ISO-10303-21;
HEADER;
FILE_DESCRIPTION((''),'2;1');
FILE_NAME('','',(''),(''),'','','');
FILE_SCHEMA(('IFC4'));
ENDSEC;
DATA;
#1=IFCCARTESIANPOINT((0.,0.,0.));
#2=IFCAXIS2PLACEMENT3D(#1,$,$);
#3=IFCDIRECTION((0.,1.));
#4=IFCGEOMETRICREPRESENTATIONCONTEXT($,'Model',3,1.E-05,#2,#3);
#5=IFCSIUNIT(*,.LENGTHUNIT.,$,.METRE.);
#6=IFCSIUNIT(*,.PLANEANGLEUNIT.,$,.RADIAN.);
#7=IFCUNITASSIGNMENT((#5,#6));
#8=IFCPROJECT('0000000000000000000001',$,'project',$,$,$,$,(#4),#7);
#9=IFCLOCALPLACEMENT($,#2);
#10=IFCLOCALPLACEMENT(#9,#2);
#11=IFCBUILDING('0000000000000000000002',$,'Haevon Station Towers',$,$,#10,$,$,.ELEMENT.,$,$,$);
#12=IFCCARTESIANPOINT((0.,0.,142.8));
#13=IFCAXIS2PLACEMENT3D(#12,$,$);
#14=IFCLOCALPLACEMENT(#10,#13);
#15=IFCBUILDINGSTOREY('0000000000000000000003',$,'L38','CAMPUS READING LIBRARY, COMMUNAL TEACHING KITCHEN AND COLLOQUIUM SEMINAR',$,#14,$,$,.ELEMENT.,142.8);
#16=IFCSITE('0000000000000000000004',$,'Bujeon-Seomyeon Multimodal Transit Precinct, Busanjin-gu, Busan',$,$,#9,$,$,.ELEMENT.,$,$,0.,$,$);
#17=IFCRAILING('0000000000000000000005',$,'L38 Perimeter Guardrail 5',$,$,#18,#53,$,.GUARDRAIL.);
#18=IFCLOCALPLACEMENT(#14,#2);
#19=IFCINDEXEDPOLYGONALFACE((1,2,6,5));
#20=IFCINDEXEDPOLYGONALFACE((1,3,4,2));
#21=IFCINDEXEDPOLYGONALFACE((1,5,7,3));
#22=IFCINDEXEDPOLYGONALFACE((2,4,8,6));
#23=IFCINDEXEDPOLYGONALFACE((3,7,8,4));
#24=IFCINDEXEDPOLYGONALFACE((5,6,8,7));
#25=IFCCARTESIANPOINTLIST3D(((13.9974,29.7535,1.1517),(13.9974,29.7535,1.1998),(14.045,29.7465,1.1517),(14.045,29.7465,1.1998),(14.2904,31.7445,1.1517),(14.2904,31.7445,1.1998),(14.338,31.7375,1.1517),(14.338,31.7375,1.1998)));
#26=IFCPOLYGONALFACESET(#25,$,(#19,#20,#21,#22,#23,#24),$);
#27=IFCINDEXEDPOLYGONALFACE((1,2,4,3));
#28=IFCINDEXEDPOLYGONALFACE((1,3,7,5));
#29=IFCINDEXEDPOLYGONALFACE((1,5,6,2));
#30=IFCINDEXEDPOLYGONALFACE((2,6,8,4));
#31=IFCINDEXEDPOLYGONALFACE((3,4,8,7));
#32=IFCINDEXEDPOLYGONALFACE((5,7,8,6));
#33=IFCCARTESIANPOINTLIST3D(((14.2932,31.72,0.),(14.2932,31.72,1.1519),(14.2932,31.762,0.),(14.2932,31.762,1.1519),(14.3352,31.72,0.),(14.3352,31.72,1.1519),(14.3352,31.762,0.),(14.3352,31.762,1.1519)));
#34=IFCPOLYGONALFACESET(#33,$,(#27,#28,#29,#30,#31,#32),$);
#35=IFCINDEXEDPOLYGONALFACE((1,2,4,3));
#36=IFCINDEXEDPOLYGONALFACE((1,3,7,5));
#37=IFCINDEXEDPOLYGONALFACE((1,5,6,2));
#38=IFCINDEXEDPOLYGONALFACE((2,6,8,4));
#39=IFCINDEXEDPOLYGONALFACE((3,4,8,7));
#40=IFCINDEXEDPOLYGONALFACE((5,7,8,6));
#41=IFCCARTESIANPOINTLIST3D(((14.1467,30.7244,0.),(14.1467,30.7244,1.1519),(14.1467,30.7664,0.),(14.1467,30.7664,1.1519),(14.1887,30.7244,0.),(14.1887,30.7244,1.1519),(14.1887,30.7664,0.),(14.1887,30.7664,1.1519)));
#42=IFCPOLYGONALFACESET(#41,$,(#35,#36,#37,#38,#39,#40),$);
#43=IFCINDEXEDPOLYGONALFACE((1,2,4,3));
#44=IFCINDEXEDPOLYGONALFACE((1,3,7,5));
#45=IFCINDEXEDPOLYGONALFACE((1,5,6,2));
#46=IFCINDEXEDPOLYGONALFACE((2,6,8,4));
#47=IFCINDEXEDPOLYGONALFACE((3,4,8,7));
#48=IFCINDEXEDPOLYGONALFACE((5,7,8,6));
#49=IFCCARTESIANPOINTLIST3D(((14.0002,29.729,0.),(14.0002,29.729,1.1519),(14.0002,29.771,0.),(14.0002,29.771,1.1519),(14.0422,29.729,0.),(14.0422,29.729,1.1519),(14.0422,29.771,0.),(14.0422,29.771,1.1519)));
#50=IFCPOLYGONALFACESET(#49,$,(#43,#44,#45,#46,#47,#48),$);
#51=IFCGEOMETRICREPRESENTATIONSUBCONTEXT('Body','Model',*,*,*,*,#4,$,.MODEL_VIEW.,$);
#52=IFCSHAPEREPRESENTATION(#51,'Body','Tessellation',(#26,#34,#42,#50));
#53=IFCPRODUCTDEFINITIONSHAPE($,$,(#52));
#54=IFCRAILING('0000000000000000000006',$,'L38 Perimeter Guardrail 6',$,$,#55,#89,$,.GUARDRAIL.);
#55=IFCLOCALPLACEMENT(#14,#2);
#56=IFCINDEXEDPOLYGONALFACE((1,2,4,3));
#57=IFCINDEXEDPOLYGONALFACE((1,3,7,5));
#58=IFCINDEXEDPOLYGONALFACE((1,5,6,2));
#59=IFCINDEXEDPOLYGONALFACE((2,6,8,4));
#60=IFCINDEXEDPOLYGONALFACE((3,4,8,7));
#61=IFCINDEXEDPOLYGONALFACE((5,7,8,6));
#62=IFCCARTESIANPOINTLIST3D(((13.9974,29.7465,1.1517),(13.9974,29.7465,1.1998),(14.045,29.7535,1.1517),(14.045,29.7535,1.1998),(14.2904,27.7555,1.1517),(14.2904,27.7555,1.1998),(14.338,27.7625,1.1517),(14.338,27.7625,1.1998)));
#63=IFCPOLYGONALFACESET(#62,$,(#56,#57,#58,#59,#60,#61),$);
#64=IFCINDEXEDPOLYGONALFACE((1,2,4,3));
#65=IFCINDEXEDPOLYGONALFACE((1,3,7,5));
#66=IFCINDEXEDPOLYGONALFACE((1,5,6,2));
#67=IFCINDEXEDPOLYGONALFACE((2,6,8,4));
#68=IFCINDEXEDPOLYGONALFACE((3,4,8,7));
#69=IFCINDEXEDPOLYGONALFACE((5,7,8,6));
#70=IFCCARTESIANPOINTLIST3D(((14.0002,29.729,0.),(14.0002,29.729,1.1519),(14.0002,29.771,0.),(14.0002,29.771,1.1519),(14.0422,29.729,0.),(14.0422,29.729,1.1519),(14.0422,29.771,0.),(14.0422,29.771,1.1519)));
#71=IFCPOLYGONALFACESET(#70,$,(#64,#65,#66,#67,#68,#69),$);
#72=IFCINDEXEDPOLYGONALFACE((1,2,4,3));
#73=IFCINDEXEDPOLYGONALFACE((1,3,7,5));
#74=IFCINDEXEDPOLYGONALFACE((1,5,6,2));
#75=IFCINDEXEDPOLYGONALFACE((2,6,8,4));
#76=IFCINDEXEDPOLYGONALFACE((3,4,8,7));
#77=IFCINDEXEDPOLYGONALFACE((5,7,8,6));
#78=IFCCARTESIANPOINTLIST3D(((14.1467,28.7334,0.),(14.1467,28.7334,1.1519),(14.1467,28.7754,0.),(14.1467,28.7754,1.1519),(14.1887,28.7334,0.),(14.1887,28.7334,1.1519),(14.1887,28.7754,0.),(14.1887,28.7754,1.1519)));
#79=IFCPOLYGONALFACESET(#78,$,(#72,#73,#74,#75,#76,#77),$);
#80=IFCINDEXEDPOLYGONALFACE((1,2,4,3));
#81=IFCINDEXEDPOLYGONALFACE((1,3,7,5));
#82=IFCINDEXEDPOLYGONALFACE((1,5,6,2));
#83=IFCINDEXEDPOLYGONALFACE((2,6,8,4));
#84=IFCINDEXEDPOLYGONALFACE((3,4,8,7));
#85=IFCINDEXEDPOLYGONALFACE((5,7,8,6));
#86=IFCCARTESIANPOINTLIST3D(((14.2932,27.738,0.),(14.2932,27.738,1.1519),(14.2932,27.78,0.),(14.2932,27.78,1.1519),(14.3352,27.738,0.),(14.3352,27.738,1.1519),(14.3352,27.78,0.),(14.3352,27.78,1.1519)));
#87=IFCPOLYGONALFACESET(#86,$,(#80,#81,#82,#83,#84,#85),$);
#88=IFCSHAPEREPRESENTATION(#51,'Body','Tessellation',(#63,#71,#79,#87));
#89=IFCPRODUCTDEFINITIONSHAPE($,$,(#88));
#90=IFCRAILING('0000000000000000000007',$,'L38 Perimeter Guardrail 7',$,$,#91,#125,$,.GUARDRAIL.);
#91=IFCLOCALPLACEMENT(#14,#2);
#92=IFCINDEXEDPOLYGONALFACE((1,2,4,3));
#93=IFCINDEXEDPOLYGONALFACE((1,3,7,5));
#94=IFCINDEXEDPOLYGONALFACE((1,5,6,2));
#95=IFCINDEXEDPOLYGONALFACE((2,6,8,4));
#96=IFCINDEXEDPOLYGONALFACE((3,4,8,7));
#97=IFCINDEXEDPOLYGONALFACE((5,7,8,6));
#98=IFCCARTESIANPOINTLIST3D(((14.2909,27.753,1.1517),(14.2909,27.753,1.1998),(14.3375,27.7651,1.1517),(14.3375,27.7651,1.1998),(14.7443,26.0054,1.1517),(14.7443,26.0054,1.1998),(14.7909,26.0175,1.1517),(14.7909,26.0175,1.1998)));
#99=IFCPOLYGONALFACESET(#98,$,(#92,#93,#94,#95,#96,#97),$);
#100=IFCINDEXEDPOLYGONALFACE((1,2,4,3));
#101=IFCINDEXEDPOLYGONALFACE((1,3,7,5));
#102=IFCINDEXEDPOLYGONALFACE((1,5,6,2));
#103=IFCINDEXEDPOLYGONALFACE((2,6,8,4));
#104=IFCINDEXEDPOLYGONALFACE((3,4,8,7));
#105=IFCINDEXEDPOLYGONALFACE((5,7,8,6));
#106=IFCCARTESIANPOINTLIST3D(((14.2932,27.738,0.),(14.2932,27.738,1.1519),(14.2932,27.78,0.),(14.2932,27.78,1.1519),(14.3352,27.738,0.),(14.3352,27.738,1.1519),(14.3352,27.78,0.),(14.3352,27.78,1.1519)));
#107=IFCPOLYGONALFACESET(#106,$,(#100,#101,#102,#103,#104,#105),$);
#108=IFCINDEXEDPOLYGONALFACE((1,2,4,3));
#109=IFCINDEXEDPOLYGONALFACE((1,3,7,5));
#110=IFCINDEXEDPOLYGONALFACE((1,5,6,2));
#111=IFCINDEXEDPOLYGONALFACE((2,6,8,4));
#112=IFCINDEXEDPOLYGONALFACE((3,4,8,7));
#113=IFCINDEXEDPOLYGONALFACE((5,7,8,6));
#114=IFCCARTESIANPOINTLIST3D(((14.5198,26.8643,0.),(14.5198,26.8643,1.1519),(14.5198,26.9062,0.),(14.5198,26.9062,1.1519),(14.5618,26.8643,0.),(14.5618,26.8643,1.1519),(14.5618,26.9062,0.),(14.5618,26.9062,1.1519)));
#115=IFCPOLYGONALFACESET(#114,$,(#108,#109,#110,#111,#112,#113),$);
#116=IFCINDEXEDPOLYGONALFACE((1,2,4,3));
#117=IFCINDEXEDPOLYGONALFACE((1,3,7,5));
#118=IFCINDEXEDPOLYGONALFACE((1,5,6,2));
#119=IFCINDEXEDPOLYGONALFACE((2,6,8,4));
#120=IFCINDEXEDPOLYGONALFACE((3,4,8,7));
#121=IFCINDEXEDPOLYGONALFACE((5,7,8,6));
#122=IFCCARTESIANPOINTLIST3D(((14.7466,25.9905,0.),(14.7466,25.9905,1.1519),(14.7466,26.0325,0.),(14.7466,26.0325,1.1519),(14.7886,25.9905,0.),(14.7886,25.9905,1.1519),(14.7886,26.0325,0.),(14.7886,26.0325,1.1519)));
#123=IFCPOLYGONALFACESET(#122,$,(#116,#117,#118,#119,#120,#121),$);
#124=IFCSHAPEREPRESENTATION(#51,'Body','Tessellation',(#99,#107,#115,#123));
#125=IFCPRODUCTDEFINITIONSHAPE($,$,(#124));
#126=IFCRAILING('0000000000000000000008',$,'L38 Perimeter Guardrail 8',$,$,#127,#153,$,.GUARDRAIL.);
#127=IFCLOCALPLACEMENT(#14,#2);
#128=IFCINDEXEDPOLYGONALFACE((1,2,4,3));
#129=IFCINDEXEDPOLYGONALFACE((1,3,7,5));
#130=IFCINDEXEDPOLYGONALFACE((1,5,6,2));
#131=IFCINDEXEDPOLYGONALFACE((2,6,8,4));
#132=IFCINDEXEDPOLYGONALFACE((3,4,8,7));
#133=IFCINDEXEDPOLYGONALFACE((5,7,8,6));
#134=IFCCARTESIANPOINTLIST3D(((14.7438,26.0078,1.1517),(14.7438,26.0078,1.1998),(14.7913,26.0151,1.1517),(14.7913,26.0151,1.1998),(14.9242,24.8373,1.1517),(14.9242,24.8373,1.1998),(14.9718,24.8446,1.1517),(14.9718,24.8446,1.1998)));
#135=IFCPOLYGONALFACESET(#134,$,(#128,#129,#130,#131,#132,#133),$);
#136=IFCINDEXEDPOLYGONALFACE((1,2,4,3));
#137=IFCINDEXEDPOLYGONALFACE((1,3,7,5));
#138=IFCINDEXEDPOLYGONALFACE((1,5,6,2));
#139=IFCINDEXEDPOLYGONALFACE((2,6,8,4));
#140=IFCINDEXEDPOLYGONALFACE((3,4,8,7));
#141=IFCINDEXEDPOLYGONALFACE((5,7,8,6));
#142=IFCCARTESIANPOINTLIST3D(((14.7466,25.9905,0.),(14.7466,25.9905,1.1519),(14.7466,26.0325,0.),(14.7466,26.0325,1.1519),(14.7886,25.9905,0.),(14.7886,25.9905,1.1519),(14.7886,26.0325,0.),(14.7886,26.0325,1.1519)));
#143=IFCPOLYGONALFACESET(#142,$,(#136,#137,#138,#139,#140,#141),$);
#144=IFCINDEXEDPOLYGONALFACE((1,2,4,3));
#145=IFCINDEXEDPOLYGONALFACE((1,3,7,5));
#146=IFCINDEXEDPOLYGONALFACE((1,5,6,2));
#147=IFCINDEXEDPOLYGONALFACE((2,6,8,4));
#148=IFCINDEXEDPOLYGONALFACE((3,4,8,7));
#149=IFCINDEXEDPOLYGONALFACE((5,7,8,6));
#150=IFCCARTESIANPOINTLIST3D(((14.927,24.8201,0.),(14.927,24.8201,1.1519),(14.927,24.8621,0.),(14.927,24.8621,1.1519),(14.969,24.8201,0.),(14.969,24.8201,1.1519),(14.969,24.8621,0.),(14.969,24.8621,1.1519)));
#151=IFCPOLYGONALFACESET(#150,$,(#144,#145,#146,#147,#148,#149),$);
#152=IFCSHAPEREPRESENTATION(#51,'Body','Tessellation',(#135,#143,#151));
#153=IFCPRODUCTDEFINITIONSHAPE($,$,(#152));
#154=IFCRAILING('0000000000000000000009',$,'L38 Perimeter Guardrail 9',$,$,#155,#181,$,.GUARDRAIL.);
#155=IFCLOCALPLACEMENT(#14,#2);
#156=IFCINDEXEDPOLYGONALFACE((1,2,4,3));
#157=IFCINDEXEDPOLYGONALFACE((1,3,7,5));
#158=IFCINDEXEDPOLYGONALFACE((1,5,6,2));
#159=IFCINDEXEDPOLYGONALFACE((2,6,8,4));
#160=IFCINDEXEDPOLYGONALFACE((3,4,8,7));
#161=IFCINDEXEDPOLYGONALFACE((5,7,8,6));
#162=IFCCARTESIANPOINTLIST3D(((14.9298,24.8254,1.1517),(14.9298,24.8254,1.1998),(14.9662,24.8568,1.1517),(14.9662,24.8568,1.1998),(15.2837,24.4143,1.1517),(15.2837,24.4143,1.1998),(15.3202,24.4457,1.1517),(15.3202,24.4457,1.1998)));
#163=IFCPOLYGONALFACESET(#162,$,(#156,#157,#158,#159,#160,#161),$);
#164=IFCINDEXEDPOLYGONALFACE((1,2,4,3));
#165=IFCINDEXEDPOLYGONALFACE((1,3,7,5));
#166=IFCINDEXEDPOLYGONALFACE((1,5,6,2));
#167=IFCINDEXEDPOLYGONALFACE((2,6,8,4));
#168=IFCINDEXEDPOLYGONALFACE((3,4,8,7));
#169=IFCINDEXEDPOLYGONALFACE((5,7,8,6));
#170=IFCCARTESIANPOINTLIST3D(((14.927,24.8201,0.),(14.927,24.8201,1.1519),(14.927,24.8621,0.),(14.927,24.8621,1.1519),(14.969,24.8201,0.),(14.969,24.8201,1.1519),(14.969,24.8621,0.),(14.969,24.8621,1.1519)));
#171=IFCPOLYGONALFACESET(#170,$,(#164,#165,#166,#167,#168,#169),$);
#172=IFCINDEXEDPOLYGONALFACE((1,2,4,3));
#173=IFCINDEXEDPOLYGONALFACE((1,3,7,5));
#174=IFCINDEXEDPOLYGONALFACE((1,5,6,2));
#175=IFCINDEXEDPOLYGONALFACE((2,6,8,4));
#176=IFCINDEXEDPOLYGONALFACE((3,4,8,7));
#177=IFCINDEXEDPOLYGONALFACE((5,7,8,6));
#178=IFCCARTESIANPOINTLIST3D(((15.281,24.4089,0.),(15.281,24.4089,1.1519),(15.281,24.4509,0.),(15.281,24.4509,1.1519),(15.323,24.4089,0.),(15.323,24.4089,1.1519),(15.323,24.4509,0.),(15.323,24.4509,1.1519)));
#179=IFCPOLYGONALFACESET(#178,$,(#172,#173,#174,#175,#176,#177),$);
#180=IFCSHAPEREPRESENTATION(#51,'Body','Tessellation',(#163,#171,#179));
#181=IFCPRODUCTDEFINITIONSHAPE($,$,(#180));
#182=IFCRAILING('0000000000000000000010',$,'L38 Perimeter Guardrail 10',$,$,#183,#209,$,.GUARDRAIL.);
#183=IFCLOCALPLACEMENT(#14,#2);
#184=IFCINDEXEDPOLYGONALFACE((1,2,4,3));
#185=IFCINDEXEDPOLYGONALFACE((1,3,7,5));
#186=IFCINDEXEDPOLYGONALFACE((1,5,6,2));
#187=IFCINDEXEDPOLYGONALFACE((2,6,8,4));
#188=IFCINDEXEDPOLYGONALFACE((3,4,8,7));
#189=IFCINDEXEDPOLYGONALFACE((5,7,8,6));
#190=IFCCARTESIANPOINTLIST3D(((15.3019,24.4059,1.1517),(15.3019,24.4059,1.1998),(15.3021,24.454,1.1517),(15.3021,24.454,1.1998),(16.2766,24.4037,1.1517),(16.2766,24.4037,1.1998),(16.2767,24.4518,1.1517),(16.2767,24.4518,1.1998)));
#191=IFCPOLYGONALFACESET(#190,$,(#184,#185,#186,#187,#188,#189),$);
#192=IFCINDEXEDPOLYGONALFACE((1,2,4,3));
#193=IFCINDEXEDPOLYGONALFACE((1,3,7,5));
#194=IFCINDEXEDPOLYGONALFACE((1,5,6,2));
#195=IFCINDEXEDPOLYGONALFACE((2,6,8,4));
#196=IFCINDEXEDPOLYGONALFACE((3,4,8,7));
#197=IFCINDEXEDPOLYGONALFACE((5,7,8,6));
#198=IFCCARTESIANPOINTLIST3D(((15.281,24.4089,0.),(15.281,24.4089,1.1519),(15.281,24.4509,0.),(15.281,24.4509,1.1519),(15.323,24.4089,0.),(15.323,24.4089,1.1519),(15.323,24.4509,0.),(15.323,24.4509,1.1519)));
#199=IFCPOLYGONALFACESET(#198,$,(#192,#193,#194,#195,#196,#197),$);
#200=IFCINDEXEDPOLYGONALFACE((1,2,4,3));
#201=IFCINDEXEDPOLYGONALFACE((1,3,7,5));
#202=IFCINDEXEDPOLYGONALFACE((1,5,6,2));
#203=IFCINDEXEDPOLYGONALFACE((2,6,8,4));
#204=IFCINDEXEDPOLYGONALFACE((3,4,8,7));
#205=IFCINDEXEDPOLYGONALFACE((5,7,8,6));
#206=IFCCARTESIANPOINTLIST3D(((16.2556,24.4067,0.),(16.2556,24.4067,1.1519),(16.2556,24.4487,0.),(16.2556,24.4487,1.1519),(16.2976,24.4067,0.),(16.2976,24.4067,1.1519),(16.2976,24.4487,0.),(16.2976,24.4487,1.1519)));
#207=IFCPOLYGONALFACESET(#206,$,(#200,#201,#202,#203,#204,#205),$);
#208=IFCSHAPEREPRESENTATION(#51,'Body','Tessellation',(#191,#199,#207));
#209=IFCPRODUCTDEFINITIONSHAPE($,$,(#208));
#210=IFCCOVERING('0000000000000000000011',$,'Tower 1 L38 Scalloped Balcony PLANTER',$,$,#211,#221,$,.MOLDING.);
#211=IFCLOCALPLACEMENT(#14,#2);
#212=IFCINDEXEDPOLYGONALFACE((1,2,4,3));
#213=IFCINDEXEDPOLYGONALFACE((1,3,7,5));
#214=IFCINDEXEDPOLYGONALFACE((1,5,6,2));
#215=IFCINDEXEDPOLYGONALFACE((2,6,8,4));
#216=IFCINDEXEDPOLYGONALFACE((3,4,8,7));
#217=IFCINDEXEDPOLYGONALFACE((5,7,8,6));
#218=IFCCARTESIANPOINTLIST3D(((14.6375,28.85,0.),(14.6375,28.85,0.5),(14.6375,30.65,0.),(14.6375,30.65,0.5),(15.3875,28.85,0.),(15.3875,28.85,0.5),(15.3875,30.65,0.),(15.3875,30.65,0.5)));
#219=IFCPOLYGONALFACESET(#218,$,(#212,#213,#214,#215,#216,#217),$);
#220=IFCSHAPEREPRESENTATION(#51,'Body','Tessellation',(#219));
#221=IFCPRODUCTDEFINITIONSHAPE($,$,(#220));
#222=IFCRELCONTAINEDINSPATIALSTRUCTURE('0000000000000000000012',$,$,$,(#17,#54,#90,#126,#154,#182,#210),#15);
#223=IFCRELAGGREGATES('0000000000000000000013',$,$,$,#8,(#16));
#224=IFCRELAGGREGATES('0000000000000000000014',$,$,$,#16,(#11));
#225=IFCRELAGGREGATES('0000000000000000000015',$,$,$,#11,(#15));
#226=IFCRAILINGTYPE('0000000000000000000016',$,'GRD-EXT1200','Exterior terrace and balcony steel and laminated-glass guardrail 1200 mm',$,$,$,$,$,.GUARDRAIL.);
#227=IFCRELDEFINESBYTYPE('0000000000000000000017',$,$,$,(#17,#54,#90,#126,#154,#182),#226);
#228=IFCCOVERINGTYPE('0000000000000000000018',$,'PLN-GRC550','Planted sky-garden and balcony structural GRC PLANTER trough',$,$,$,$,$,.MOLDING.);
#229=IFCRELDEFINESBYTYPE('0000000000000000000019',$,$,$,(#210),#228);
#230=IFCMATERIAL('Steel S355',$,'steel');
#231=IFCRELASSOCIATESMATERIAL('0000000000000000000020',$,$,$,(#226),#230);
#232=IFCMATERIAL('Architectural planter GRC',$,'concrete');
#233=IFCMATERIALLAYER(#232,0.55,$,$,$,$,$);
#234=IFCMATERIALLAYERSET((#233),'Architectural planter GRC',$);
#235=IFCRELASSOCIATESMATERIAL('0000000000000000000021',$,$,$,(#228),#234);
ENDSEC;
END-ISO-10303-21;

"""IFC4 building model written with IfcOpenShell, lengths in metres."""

from ifc_helpers import new_model, si_unit, direction, frame, origin, origin_2d, place, context, subcontext, project, spatial, rectangle, extrude, material, layer, layer_set, type_object, element, save


model = new_model("IFC4")

# Units and contexts
model_context = context("Model", 3, precision=1e-05, world=origin(), true_north=direction((0.0, 1.0)))
body_context = subcontext(model_context, "Body", "Model", "MODEL_VIEW")
ifc_project = project(units=[si_unit("LENGTHUNIT", "METRE"), si_unit("PLANEANGLEUNIT", "RADIAN")], contexts=[model_context])

# Site, building, storey
site_placement = place(None, origin())
site = spatial("IfcSite", under=ifc_project, at=site_placement, Name="Bujeon-Seomyeon Multimodal Transit Precinct, Busanjin-gu, Busan", CompositionType="ELEMENT", RefElevation=0.0)
building_placement = place(site_placement, origin())
building = spatial("IfcBuilding", under=site, at=building_placement, Name="Haevon Station Towers", CompositionType="ELEMENT")
storey_placement = place(building_placement, frame((0.0, 0.0, 142.8)))
storey = spatial("IfcBuildingStorey", under=building, at=storey_placement, Name="L38", Description="CAMPUS READING LIBRARY, COMMUNAL TEACHING KITCHEN AND COLLOQUIUM SEMINAR", CompositionType="ELEMENT", Elevation=142.8)

# Shared definitions
ifc_material_1 = material(Name="Steel S355", Category="steel")

# Railings
railing_type = type_object("IfcRailingType", Name="GRD-EXT1200", Description="Exterior terrace and balcony steel and laminated-glass guardrail 1200 mm", PredefinedType="GUARDRAIL", material=ifc_material_1)
railing_1_placement = place(storey_placement, frame((14.3142, 31.741, 0.0)))
element("IfcRailing", 1, at=railing_1_placement, inside=storey, type_object=railing_type, Name="L38 Perimeter Guardrail 5", PredefinedType="GUARDRAIL", context=body_context, shape_type="SweptSolid", body=[
    extrude(rectangle(XDim=0.0481, YDim=0.0481, at=origin_2d()), frame((0.0, 0.0, 1.1758), z_axis=(-0.145581, -0.989346, 0.0), x_axis=(0.989346, -0.145581, 0.0)), (0.0, 0.0, 1.0), 2.0125),
    extrude(rectangle(XDim=0.042, YDim=0.042, at=origin_2d()), origin(), (0.0, 0.0, 1.0), 1.1519),
    extrude(rectangle(XDim=0.042, YDim=0.042, at=origin_2d()), frame((-0.1465, -0.9956, 0.0)), (0.0, 0.0, 1.0), 1.1519),
    extrude(rectangle(XDim=0.042, YDim=0.042, at=origin_2d()), frame((-0.293, -1.991, 0.0)), (0.0, 0.0, 1.0), 1.1519),
])
railing_2_placement = place(storey_placement, frame((14.0212, 29.75, 0.0)))
element("IfcRailing", 2, at=railing_2_placement, inside=storey, type_object=railing_type, Name="L38 Perimeter Guardrail 6", PredefinedType="GUARDRAIL", context=body_context, shape_type="SweptSolid", body=[
    extrude(rectangle(XDim=0.0481, YDim=0.0481, at=origin_2d()), frame((0.0, 0.0, 1.1758), z_axis=(0.145581, -0.989346, 0.0), x_axis=(0.989346, 0.145581, 0.0)), (0.0, 0.0, 1.0), 2.0125),
    extrude(rectangle(XDim=0.042, YDim=0.042, at=origin_2d()), origin(), (0.0, 0.0, 1.0), 1.1519),
    extrude(rectangle(XDim=0.042, YDim=0.042, at=origin_2d()), frame((0.1465, -0.9956, 0.0)), (0.0, 0.0, 1.0), 1.1519),
    extrude(rectangle(XDim=0.042, YDim=0.042, at=origin_2d()), frame((0.293, -1.991, 0.0)), (0.0, 0.0, 1.0), 1.1519),
])
railing_3_placement = place(storey_placement, frame((14.3142, 27.759, 0.0)))
element("IfcRailing", 3, at=railing_3_placement, inside=storey, type_object=railing_type, Name="L38 Perimeter Guardrail 7", PredefinedType="GUARDRAIL", context=body_context, shape_type="SweptSolid", body=[
    extrude(rectangle(XDim=0.0481, YDim=0.0481, at=origin_2d()), frame((0.0, 0.0, 1.1758), z_axis=(0.251117, -0.967957, 0.0), x_axis=(0.967957, 0.251117, 0.0)), (0.0, 0.0, 1.0), 1.8054),
    extrude(rectangle(XDim=0.042, YDim=0.042, at=origin_2d()), origin(), (0.0, 0.0, 1.0), 1.1519),
    extrude(rectangle(XDim=0.042, YDim=0.042, at=origin_2d()), frame((0.2266, -0.8738, 0.0)), (0.0, 0.0, 1.0), 1.1519),
    extrude(rectangle(XDim=0.042, YDim=0.042, at=origin_2d()), frame((0.4534, -1.7476, 0.0)), (0.0, 0.0, 1.0), 1.1519),
])
railing_4_placement = place(storey_placement, frame((14.7676, 26.0115, 0.0)))
element("IfcRailing", 4, at=railing_4_placement, inside=storey, type_object=railing_type, Name="L38 Perimeter Guardrail 8", PredefinedType="GUARDRAIL", context=body_context, shape_type="SweptSolid", body=[
    extrude(rectangle(XDim=0.0481, YDim=0.0481, at=origin_2d()), frame((0.0, 0.0, 1.1758), z_axis=(0.152352, -0.988326, 0.0), x_axis=(0.988326, 0.152352, 0.0)), (0.0, 0.0, 1.0), 1.1843),
    extrude(rectangle(XDim=0.042, YDim=0.042, at=origin_2d()), origin(), (0.0, 0.0, 1.0), 1.1519),
    extrude(rectangle(XDim=0.042, YDim=0.042, at=origin_2d()), frame((0.1804, -1.1704, 0.0)), (0.0, 0.0, 1.0), 1.1519),
])
railing_5_placement = place(storey_placement, frame((14.948, 24.8411, 0.0)))
element("IfcRailing", 5, at=railing_5_placement, inside=storey, type_object=railing_type, Name="L38 Perimeter Guardrail 9", PredefinedType="GUARDRAIL", context=body_context, shape_type="SweptSolid", body=[
    extrude(rectangle(XDim=0.0481, YDim=0.0481, at=origin_2d()), frame((0.0, 0.0, 1.1758), z_axis=(0.652494, -0.757794, 0.0), x_axis=(0.757794, 0.652494, 0.0)), (0.0, 0.0, 1.0), 0.5425),
    extrude(rectangle(XDim=0.042, YDim=0.042, at=origin_2d()), origin(), (0.0, 0.0, 1.0), 1.1519),
    extrude(rectangle(XDim=0.042, YDim=0.042, at=origin_2d()), frame((0.354, -0.4111, 0.0)), (0.0, 0.0, 1.0), 1.1519),
])
railing_6_placement = place(storey_placement, frame((15.302, 24.4299, 0.0)))
element("IfcRailing", 6, at=railing_6_placement, inside=storey, type_object=railing_type, Name="L38 Perimeter Guardrail 10", PredefinedType="GUARDRAIL", context=body_context, shape_type="SweptSolid", body=[
    extrude(rectangle(XDim=0.0481, YDim=0.0481, at=origin_2d()), frame((0.0, 0.0, 1.1758), z_axis=(0.999997, -0.002255, 0.0), x_axis=(0.002255, 0.999997, 0.0)), (0.0, 0.0, 1.0), 0.9746),
    extrude(rectangle(XDim=0.042, YDim=0.042, at=origin_2d()), origin(), (0.0, 0.0, 1.0), 1.1519),
    extrude(rectangle(XDim=0.042, YDim=0.042, at=origin_2d()), frame((0.9746, -0.0022, 0.0)), (0.0, 0.0, 1.0), 1.1519),
])

# Covering
ifc_material_2 = material(Name="Architectural planter GRC", Category="concrete")
ifc_layer = layer(ifc_material_2, 0.55)
ifc_layer_set = layer_set([ifc_layer], Name="Architectural planter GRC")
covering_type = type_object("IfcCoveringType", Name="PLN-GRC550", Description="Planted sky-garden and balcony structural GRC PLANTER trough", PredefinedType="MOLDING", material=ifc_layer_set)
covering_placement = place(storey_placement, frame((15.0125, 29.75, 0.0), z_axis=(0.0, 0.0, 1.0), x_axis=(1.0, 0.0, 0.0)))
element("IfcCovering", 7, at=covering_placement, inside=storey, type_object=covering_type, Name="Tower 1 L38 Scalloped Balcony PLANTER", PredefinedType="MOLDING", context=body_context, shape_type="SweptSolid", body=[
    extrude(rectangle(XDim=0.75, YDim=1.8, at=origin_2d()), origin(), (0.0, 0.0, 1.0), 0.5),
])

save(model, "model.ifc")
